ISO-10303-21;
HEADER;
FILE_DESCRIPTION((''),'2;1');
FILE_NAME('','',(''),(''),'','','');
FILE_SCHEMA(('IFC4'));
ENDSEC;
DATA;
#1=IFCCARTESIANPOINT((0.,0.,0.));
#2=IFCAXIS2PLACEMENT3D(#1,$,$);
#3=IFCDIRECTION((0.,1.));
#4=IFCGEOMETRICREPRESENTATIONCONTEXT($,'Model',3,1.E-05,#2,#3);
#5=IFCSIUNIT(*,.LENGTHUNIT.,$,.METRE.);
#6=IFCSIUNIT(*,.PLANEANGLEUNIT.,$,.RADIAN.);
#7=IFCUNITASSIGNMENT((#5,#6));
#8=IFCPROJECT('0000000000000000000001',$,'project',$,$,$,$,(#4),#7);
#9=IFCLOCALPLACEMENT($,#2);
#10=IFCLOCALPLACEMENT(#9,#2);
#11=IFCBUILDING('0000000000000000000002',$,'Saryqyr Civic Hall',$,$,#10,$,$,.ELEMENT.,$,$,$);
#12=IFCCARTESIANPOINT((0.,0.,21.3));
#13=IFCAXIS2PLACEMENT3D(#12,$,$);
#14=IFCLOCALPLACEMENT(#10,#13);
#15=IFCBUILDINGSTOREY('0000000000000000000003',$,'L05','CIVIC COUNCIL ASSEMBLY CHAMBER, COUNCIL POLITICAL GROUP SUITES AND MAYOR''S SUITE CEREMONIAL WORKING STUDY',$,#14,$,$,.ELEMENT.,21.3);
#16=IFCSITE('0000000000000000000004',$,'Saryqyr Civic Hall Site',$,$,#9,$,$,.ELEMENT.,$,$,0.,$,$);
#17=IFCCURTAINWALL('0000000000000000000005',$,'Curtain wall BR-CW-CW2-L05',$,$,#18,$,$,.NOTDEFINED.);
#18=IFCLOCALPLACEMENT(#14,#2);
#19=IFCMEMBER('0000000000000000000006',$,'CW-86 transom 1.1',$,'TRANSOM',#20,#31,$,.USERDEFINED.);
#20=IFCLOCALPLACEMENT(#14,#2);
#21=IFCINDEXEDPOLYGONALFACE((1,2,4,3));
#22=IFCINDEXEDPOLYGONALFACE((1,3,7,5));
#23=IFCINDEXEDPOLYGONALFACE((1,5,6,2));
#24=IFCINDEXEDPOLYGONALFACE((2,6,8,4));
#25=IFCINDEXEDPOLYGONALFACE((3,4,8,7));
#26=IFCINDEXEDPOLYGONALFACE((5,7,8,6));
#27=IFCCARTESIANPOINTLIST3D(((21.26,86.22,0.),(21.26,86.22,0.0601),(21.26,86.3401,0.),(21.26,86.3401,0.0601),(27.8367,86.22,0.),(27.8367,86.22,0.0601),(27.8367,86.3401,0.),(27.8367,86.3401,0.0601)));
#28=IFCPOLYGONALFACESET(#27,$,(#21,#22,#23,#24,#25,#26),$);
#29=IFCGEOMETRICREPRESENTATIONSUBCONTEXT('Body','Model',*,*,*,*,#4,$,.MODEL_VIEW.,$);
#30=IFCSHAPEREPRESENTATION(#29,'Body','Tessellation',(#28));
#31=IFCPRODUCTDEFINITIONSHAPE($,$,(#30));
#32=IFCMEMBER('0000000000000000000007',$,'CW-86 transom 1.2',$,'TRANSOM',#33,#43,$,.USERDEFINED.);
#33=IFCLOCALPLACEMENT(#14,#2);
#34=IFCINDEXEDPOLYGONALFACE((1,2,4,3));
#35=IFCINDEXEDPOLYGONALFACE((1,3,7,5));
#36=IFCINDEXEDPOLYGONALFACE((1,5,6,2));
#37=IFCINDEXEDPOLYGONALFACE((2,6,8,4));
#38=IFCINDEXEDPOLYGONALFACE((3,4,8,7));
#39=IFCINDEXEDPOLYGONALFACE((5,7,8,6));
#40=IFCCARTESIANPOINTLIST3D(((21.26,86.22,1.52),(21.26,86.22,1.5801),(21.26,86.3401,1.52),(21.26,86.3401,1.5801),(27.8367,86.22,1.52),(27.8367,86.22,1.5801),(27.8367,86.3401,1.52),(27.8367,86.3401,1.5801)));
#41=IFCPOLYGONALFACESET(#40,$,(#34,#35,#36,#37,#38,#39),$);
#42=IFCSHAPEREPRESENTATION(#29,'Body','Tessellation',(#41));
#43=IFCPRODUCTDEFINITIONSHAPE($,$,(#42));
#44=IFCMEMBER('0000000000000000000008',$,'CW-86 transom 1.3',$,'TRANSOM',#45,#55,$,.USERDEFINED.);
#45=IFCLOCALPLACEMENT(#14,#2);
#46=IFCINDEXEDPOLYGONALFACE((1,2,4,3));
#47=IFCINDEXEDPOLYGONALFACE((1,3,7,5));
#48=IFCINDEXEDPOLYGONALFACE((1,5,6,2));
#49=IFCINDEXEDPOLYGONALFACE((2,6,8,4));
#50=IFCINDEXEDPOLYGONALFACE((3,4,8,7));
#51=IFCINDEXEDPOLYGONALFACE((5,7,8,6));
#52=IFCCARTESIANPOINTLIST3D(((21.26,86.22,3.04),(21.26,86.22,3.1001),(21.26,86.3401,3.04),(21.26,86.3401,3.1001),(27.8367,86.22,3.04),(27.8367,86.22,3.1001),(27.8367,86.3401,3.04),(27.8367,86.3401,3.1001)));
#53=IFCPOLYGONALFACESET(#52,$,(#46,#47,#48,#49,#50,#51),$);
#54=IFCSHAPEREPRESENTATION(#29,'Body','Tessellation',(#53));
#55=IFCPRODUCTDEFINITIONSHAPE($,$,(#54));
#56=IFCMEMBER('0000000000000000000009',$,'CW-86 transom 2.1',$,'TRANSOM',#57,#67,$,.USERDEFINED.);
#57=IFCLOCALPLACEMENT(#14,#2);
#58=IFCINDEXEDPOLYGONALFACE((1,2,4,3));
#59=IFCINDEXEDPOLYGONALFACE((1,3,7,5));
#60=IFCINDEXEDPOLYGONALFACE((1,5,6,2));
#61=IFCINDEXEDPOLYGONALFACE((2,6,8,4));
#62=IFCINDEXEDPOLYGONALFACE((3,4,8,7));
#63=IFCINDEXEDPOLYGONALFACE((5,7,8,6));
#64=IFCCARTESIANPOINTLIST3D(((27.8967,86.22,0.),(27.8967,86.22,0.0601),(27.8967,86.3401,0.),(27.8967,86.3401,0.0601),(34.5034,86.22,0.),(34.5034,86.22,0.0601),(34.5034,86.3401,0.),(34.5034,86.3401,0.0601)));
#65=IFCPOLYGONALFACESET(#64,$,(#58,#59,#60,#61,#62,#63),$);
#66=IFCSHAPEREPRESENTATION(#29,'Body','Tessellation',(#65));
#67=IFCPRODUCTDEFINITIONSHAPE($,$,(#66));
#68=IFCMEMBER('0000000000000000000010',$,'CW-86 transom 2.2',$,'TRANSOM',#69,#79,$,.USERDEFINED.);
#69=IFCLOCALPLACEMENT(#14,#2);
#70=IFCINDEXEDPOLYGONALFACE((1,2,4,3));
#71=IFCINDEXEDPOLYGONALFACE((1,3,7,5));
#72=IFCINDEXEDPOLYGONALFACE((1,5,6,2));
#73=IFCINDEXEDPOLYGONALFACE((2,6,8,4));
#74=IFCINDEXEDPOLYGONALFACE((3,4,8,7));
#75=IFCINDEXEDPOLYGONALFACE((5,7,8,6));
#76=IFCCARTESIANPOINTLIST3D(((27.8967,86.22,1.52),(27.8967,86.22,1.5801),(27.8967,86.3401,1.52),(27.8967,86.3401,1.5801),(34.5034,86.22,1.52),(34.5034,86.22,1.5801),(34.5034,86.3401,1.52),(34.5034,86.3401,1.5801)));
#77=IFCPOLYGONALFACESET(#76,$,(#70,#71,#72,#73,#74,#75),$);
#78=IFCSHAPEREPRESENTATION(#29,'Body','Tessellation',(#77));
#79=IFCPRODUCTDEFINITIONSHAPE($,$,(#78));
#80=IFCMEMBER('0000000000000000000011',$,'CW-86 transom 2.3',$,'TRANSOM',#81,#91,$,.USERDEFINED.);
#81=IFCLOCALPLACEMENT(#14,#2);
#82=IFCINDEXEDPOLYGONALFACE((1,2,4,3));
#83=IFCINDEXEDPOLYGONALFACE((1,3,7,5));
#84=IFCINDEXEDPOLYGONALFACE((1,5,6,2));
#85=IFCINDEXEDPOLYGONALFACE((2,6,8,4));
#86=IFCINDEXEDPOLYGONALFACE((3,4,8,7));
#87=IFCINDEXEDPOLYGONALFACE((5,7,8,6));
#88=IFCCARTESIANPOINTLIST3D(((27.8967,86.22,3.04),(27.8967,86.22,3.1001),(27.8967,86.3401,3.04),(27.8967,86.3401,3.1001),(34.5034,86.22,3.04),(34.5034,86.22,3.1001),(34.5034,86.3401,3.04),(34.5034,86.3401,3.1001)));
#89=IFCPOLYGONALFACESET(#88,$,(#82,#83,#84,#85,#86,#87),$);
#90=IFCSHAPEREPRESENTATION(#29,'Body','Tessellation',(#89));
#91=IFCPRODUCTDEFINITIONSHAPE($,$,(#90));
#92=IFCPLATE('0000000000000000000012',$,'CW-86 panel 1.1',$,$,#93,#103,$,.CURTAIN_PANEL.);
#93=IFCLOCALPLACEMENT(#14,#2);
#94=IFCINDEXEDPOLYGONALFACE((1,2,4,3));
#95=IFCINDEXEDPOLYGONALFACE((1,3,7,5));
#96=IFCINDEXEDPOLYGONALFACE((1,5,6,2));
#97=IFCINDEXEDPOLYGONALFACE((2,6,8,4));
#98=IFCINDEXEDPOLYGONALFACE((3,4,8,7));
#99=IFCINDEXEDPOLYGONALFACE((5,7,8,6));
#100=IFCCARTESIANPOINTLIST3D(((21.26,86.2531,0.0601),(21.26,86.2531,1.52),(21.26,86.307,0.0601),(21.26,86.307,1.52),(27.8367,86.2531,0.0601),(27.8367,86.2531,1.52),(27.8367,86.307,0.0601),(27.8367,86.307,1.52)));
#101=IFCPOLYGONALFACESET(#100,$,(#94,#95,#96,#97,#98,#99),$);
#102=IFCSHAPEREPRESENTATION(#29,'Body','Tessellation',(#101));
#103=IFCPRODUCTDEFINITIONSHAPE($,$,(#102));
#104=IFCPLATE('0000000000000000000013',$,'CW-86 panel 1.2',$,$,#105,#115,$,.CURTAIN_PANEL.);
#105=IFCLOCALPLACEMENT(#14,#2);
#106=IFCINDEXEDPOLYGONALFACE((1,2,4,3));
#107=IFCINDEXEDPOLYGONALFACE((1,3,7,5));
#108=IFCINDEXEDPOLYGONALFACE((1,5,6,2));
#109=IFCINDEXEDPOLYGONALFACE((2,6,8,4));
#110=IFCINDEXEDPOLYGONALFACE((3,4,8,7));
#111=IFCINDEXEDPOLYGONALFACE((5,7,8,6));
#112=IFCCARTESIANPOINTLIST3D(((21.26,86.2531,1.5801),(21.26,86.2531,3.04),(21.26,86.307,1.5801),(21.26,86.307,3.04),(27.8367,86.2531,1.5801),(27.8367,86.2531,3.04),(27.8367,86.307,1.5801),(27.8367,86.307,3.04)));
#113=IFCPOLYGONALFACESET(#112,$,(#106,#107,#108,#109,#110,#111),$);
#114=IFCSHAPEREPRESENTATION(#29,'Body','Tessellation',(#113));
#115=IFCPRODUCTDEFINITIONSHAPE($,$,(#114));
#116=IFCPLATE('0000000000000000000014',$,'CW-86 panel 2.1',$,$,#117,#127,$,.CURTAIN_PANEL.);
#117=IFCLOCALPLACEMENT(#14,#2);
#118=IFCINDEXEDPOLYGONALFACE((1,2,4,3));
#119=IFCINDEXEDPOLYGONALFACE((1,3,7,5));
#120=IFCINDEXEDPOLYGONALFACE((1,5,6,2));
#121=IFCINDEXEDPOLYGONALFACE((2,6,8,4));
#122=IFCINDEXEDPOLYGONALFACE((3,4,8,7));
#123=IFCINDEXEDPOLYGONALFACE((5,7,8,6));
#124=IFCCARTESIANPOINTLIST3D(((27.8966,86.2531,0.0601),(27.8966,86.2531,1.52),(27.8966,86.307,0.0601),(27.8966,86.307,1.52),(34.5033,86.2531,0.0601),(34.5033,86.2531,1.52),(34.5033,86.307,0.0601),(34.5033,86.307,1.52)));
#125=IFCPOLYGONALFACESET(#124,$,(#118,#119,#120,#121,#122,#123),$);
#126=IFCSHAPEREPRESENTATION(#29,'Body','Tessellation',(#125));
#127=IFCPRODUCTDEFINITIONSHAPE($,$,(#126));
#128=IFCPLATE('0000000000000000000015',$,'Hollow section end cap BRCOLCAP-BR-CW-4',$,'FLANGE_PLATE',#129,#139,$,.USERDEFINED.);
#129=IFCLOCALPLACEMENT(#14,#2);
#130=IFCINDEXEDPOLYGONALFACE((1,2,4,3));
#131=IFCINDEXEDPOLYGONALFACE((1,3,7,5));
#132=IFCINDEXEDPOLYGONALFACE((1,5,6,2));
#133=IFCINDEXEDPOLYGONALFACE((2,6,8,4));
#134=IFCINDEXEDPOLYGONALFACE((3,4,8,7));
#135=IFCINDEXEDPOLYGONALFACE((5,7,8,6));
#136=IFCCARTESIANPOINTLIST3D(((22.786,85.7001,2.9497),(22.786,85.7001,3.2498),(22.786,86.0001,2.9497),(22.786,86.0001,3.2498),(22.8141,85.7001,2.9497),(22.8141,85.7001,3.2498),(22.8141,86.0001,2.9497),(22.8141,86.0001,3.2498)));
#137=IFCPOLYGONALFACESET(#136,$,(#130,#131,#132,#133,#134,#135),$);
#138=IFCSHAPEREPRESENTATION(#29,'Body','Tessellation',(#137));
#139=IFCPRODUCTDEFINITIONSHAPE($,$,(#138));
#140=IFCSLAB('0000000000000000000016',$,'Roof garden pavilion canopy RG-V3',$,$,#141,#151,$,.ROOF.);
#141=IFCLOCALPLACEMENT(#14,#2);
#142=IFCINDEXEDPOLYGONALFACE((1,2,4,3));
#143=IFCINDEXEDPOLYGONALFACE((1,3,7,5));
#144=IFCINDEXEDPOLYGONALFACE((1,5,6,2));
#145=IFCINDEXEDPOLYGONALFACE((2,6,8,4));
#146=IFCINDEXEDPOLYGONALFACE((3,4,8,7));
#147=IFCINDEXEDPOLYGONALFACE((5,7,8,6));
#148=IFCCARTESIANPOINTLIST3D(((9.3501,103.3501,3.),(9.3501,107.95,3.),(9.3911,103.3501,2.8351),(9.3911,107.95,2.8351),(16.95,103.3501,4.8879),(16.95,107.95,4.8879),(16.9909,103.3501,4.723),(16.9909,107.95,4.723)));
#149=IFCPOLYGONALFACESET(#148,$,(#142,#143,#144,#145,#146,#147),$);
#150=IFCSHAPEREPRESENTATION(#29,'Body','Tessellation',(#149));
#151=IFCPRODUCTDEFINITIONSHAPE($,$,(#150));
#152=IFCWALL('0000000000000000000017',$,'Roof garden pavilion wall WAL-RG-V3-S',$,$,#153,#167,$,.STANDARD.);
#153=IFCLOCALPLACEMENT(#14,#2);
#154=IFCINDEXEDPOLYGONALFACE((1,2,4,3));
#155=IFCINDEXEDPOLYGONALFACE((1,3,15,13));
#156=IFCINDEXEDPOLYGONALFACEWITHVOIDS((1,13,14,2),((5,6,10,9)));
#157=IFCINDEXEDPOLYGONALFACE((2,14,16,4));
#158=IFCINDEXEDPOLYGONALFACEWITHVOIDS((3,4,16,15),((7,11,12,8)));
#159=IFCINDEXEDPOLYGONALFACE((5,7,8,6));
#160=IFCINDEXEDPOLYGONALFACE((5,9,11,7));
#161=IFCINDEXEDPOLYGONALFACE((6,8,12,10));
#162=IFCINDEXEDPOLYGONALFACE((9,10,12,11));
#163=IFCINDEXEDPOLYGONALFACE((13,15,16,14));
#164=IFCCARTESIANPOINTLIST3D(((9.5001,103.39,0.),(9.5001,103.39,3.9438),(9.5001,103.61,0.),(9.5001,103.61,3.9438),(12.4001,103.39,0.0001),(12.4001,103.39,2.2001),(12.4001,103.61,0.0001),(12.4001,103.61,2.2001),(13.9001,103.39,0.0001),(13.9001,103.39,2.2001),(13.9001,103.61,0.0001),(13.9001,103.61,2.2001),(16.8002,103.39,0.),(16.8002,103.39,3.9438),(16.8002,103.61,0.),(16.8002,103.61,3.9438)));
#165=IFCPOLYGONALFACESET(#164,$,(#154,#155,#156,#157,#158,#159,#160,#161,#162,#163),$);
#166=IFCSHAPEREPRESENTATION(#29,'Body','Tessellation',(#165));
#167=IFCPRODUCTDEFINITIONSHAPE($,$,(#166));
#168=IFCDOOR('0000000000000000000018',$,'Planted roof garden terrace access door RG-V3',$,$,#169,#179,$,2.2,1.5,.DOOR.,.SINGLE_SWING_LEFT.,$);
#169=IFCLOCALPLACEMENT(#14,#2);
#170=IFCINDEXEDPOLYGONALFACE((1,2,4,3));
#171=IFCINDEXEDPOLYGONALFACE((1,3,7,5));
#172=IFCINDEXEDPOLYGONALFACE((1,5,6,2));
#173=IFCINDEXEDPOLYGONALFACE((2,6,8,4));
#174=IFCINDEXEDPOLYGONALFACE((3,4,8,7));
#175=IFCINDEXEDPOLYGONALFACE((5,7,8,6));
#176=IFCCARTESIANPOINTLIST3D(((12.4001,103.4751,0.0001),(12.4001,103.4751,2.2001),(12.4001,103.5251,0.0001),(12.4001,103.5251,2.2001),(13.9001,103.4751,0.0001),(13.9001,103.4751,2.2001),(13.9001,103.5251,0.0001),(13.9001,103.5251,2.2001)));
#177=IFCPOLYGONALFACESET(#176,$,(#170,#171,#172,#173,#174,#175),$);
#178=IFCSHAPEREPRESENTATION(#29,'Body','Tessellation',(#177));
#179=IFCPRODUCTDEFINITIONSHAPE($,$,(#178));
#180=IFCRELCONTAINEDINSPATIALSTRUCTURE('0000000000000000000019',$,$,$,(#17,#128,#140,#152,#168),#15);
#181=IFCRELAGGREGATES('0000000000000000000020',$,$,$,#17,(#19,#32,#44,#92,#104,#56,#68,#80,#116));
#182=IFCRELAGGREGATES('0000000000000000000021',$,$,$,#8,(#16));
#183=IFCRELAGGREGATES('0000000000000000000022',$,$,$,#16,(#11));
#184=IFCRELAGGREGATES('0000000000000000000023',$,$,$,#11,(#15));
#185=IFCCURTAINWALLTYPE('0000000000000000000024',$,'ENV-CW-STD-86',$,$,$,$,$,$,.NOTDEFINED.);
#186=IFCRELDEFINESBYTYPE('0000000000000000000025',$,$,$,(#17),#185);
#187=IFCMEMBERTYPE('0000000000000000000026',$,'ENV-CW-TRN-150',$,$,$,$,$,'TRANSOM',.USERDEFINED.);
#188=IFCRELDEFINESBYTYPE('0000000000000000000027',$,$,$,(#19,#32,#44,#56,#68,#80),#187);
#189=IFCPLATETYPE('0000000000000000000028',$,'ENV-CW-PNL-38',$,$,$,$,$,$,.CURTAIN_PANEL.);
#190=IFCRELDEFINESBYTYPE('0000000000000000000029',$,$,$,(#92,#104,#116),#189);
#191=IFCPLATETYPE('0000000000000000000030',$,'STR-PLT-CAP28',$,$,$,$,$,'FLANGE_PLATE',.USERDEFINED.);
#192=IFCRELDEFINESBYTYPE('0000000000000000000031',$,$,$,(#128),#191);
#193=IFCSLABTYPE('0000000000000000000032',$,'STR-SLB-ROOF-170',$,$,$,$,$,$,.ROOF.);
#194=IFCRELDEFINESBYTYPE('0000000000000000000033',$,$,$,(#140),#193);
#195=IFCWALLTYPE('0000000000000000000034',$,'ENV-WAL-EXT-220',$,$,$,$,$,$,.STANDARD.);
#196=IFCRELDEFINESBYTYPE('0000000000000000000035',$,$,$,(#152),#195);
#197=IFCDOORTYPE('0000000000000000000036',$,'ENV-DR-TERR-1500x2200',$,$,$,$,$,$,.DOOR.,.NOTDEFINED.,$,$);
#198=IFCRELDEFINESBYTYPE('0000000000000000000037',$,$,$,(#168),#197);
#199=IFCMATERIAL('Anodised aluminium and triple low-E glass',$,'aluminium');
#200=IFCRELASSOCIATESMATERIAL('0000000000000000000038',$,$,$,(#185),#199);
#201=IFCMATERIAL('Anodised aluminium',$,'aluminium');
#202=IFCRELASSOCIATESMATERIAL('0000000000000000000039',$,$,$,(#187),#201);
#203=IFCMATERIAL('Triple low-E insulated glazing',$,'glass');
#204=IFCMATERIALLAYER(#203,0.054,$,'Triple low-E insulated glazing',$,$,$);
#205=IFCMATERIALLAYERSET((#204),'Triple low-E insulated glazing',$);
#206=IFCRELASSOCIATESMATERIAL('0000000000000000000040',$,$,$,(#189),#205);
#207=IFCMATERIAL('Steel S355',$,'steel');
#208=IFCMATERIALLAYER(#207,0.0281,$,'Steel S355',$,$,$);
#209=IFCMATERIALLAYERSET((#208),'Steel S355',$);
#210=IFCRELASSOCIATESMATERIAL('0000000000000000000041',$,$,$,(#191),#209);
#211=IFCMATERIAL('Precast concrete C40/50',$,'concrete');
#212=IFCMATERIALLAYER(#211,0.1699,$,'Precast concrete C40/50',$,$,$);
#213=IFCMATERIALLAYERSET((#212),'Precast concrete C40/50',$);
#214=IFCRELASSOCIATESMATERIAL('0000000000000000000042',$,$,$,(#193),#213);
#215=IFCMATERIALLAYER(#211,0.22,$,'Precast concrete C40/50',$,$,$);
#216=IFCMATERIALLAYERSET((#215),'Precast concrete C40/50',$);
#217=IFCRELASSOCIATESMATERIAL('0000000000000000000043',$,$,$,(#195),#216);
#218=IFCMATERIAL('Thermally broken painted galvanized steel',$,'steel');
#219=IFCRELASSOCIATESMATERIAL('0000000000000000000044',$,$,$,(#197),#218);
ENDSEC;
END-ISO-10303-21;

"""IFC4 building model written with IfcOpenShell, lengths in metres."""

from ifc_helpers import new_model, si_unit, direction, frame, frame_2d, origin, origin_2d, place, context, subcontext, project, spatial, polyline, rectangle, outline, extrude, material, layer, layer_set, material_profile, profile_set, type_object, element, fill, aggregate, save


model = new_model("IFC4")

# Units and contexts
model_context = context("Model", 3, precision=1e-05, world=origin(), true_north=direction((0.0, 1.0)))
body_context = subcontext(model_context, "Body", "Model", "MODEL_VIEW")
ifc_project = project(units=[si_unit("LENGTHUNIT", "METRE"), si_unit("PLANEANGLEUNIT", "RADIAN")], contexts=[model_context])

# Site, building, storey
site_placement = place(None, origin())
site = spatial("IfcSite", under=ifc_project, at=site_placement, Name="Saryqyr Civic Hall Site", CompositionType="ELEMENT", RefElevation=0.0)
building_placement = place(site_placement, origin())
building = spatial("IfcBuilding", under=site, at=building_placement, Name="Saryqyr Civic Hall", CompositionType="ELEMENT")
storey_placement = place(building_placement, frame((0.0, 0.0, 21.3)))
storey = spatial("IfcBuildingStorey", under=building, at=storey_placement, Name="L05", Description="CIVIC COUNCIL ASSEMBLY CHAMBER, COUNCIL POLITICAL GROUP SUITES AND MAYOR'S SUITE CEREMONIAL WORKING STUDY", CompositionType="ELEMENT", Elevation=21.3)

# Shared definitions
ifc_material_1 = material(Name="Steel S355", Category="steel")

# Curtain wall, members, plates
ifc_material_2 = material(Name="Anodised aluminium and triple low-E glass", Category="aluminium")
curtain_wall_type = type_object("IfcCurtainWallType", Name="ENV-CW-STD-86", PredefinedType="NOTDEFINED", material=ifc_material_2)
curtain_wall_placement = place(storey_placement, origin())
curtain_wall = element("IfcCurtainWall", 1, at=curtain_wall_placement, inside=storey, type_object=curtain_wall_type, Name="Curtain wall BR-CW-CW2-L05", PredefinedType="NOTDEFINED")
ifc_material_3 = material(Name="Anodised aluminium", Category="aluminium")
ifc_material_profile_1 = material_profile(ifc_material_3, rectangle(XDim=0.1201, YDim=0.0601, at=origin_2d()), Name="ALU TRANSOM 120x60")
ifc_profile_set_1 = profile_set([ifc_material_profile_1], Name="Anodised aluminium")
member_type_1 = type_object("IfcMemberType", Name="ENV-CW-TRN-150", ElementType="TRANSOM", PredefinedType="USERDEFINED", material=ifc_profile_set_1)
member_1_placement = place(storey_placement, frame((21.26, 86.28, 0.03), z_axis=(1.0, 0.0, 0.0), x_axis=(0.0, 1.0, 0.0)))
member_1 = element("IfcMember", 2, at=member_1_placement, type_object=member_type_1, Name="CW-86 transom 1.1", ObjectType="TRANSOM", PredefinedType="USERDEFINED", context=body_context, shape_type="SweptSolid", body=[
    extrude(rectangle(XDim=0.1201, YDim=0.0601, at=origin_2d()), origin(), (0.0, 0.0, 1.0), 6.5767),
])
member_2_placement = place(storey_placement, frame((21.26, 86.28, 1.55), z_axis=(1.0, 0.0, 0.0), x_axis=(0.0, 1.0, 0.0)))
member_2 = element("IfcMember", 3, at=member_2_placement, type_object=member_type_1, Name="CW-86 transom 1.2", ObjectType="TRANSOM", PredefinedType="USERDEFINED", context=body_context, shape_type="SweptSolid", body=[
    extrude(rectangle(XDim=0.1201, YDim=0.0601, at=origin_2d()), origin(), (0.0, 0.0, 1.0), 6.5767),
])
member_3_placement = place(storey_placement, frame((21.26, 86.28, 3.0701), z_axis=(1.0, 0.0, 0.0), x_axis=(0.0, 1.0, 0.0)))
member_3 = element("IfcMember", 4, at=member_3_placement, type_object=member_type_1, Name="CW-86 transom 1.3", ObjectType="TRANSOM", PredefinedType="USERDEFINED", context=body_context, shape_type="SweptSolid", body=[
    extrude(rectangle(XDim=0.1201, YDim=0.0601, at=origin_2d()), origin(), (0.0, 0.0, 1.0), 6.5767),
])
member_4_placement = place(storey_placement, frame((27.8967, 86.28, 0.03), z_axis=(1.0, 0.0, 0.0), x_axis=(0.0, 1.0, 0.0)))
member_4 = element("IfcMember", 5, at=member_4_placement, type_object=member_type_1, Name="CW-86 transom 2.1", ObjectType="TRANSOM", PredefinedType="USERDEFINED", context=body_context, shape_type="SweptSolid", body=[
    extrude(rectangle(XDim=0.1201, YDim=0.0601, at=origin_2d()), origin(), (0.0, 0.0, 1.0), 6.6067),
])
member_5_placement = place(storey_placement, frame((27.8967, 86.28, 1.55), z_axis=(1.0, 0.0, 0.0), x_axis=(0.0, 1.0, 0.0)))
member_5 = element("IfcMember", 6, at=member_5_placement, type_object=member_type_1, Name="CW-86 transom 2.2", ObjectType="TRANSOM", PredefinedType="USERDEFINED", context=body_context, shape_type="SweptSolid", body=[
    extrude(rectangle(XDim=0.1201, YDim=0.0601, at=origin_2d()), origin(), (0.0, 0.0, 1.0), 6.6067),
])
member_6_placement = place(storey_placement, frame((27.8967, 86.28, 3.0701), z_axis=(1.0, 0.0, 0.0), x_axis=(0.0, 1.0, 0.0)))
member_6 = element("IfcMember", 7, at=member_6_placement, type_object=member_type_1, Name="CW-86 transom 2.3", ObjectType="TRANSOM", PredefinedType="USERDEFINED", context=body_context, shape_type="SweptSolid", body=[
    extrude(rectangle(XDim=0.1201, YDim=0.0601, at=origin_2d()), origin(), (0.0, 0.0, 1.0), 6.6067),
])
ifc_material_4 = material(Name="Triple low-E insulated glazing", Category="glass")
ifc_layer_1 = layer(ifc_material_4, 0.054, Name="Triple low-E insulated glazing")
ifc_layer_set_1 = layer_set([ifc_layer_1], Name="Triple low-E insulated glazing")
plate_type_1 = type_object("IfcPlateType", Name="ENV-CW-PNL-38", PredefinedType="CURTAIN_PANEL", material=ifc_layer_set_1)
plate_1_placement = place(storey_placement, frame((24.5483, 86.28, 0.0601), z_axis=(0.0, 0.0, 1.0), x_axis=(1.0, 0.0, 0.0)))
plate_1 = element("IfcPlate", 8, at=plate_1_placement, type_object=plate_type_1, Name="CW-86 panel 1.1", PredefinedType="CURTAIN_PANEL", context=body_context, shape_type="SweptSolid", body=[
    extrude(rectangle(XDim=6.5767, YDim=0.054, at=origin_2d()), origin(), (0.0, 0.0, 1.0), 1.46),
])
plate_2_placement = place(storey_placement, frame((24.5483, 86.28, 1.5801), z_axis=(0.0, 0.0, 1.0), x_axis=(1.0, 0.0, 0.0)))
plate_2 = element("IfcPlate", 9, at=plate_2_placement, type_object=plate_type_1, Name="CW-86 panel 1.2", PredefinedType="CURTAIN_PANEL", context=body_context, shape_type="SweptSolid", body=[
    extrude(rectangle(XDim=6.5767, YDim=0.054, at=origin_2d()), origin(), (0.0, 0.0, 1.0), 1.46),
])
plate_3_placement = place(storey_placement, frame((31.2, 86.28, 0.0601), z_axis=(0.0, 0.0, 1.0), x_axis=(1.0, 0.0, 0.0)))
plate_3 = element("IfcPlate", 10, at=plate_3_placement, type_object=plate_type_1, Name="CW-86 panel 2.1", PredefinedType="CURTAIN_PANEL", context=body_context, shape_type="SweptSolid", body=[
    extrude(rectangle(XDim=6.6067, YDim=0.054, at=origin_2d()), origin(), (0.0, 0.0, 1.0), 1.46),
])
aggregate(curtain_wall, [member_1, member_2, member_3, plate_1, plate_2, member_4, member_5, member_6, plate_3])

# Plate
ifc_layer_2 = layer(ifc_material_1, 0.0281, Name="Steel S355")
ifc_layer_set_2 = layer_set([ifc_layer_2], Name="Steel S355")
plate_type_2 = type_object("IfcPlateType", Name="STR-PLT-CAP28", ElementType="FLANGE_PLATE", PredefinedType="USERDEFINED", material=ifc_layer_set_2)
plate_4_placement = place(storey_placement, frame((22.8, 85.8501, 2.9497), z_axis=(0.0, 0.0, 1.0), x_axis=(1.0, 0.0, 0.0)))
element("IfcPlate", 11, at=plate_4_placement, inside=storey, type_object=plate_type_2, Name="Hollow section end cap BRCOLCAP-BR-CW-4", ObjectType="FLANGE_PLATE", PredefinedType="USERDEFINED", context=body_context, shape_type="SweptSolid", body=[
    extrude(rectangle(XDim=0.0281, YDim=0.3, at=origin_2d()), origin(), (0.0, 0.0, 1.0), 0.3),
])

# Slab
ifc_material_5 = material(Name="Precast concrete C40/50", Category="concrete")
ifc_layer_3 = layer(ifc_material_5, 0.1699, Name="Precast concrete C40/50")
ifc_layer_set_3 = layer_set([ifc_layer_3], Name="Precast concrete C40/50")
slab_type = type_object("IfcSlabType", Name="STR-SLB-ROOF-170", PredefinedType="ROOF", material=ifc_layer_set_3)
slab_placement = place(storey_placement, frame((9.3501, 103.3501, 3.0), z_axis=(-0.24109, 0.0, 0.970503), x_axis=(0.970503, 0.0, 0.24109)))
element("IfcSlab", 12, at=slab_placement, inside=storey, type_object=slab_type, Name="Roof garden pavilion canopy RG-V3", PredefinedType="ROOF", context=body_context, shape_type="SweptSolid", body=[
    extrude(outline(polyline([(0.0, 0.0), (7.8308, 0.0), (7.8308, 4.5999), (0.0, 4.5999), (0.0, 0.0)])), origin(), (0.0, 0.0, -1.0), 0.1699),
])

# Wall, opening, door
ifc_layer_4 = layer(ifc_material_5, 0.22, Name="Precast concrete C40/50")
ifc_layer_set_4 = layer_set([ifc_layer_4], Name="Precast concrete C40/50")
wall_type_1 = type_object("IfcWallType", Name="ENV-WAL-EXT-220", PredefinedType="STANDARD", material=ifc_layer_set_4)
wall_1_placement = place(storey_placement, frame((16.8, 103.5, 0.0), z_axis=(0.0, 0.0, 1.0), x_axis=(-1.0, 0.0, 0.0)))
wall_1 = element("IfcWall", 13, at=wall_1_placement, inside=storey, type_object=wall_type_1, Name="Roof garden pavilion wall WAL-RG-V3-S", PredefinedType="STANDARD", context=body_context, shape_type="SweptSolid", body=[
    extrude(rectangle(XDim=7.3, YDim=0.22, at=frame_2d((3.6499, 0.0))), origin(), (0.0, 0.0, 1.0), 3.9438),
])
opening_1_placement = place(wall_1_placement, frame((2.8999, 0.0, 0.0)))
opening_1 = element("IfcOpeningElement", 14, at=opening_1_placement, cuts=wall_1, PredefinedType="OPENING", context=body_context, shape_type="SweptSolid", body=[
    extrude(rectangle(XDim=1.5, YDim=2.2, at=frame_2d((0.75, 1.1001))), frame((0.0, 0.1199, 0.0), z_axis=(0.0, -1.0, 0.0), x_axis=(1.0, 0.0, 0.0)), (0.0, 0.0, 1.0), 0.24),
])
ifc_material_6 = material(Name="Thermally broken painted galvanized steel", Category="steel")
door_type_1 = type_object("IfcDoorType", Name="ENV-DR-TERR-1500x2200", OperationType="NOTDEFINED", PredefinedType="DOOR", material=ifc_material_6)
door_1_placement = place(opening_1_placement, origin())
door_1 = element("IfcDoor", 15, at=door_1_placement, inside=storey, type_object=door_type_1, Name="Planted roof garden terrace access door RG-V3", OperationType="SINGLE_SWING_LEFT", OverallHeight=2.2, OverallWidth=1.5, PredefinedType="DOOR", context=body_context, shape_type="SweptSolid", body=[
    extrude(rectangle(XDim=1.5, YDim=2.2, at=frame_2d((0.75, 1.1001))), frame((0.0, 0.0249, 0.0), z_axis=(0.0, -1.0, 0.0), x_axis=(1.0, 0.0, 0.0)), (0.0, 0.0, 1.0), 0.05),
])
fill(opening_1, door_1)

save(model, "model.ifc")
